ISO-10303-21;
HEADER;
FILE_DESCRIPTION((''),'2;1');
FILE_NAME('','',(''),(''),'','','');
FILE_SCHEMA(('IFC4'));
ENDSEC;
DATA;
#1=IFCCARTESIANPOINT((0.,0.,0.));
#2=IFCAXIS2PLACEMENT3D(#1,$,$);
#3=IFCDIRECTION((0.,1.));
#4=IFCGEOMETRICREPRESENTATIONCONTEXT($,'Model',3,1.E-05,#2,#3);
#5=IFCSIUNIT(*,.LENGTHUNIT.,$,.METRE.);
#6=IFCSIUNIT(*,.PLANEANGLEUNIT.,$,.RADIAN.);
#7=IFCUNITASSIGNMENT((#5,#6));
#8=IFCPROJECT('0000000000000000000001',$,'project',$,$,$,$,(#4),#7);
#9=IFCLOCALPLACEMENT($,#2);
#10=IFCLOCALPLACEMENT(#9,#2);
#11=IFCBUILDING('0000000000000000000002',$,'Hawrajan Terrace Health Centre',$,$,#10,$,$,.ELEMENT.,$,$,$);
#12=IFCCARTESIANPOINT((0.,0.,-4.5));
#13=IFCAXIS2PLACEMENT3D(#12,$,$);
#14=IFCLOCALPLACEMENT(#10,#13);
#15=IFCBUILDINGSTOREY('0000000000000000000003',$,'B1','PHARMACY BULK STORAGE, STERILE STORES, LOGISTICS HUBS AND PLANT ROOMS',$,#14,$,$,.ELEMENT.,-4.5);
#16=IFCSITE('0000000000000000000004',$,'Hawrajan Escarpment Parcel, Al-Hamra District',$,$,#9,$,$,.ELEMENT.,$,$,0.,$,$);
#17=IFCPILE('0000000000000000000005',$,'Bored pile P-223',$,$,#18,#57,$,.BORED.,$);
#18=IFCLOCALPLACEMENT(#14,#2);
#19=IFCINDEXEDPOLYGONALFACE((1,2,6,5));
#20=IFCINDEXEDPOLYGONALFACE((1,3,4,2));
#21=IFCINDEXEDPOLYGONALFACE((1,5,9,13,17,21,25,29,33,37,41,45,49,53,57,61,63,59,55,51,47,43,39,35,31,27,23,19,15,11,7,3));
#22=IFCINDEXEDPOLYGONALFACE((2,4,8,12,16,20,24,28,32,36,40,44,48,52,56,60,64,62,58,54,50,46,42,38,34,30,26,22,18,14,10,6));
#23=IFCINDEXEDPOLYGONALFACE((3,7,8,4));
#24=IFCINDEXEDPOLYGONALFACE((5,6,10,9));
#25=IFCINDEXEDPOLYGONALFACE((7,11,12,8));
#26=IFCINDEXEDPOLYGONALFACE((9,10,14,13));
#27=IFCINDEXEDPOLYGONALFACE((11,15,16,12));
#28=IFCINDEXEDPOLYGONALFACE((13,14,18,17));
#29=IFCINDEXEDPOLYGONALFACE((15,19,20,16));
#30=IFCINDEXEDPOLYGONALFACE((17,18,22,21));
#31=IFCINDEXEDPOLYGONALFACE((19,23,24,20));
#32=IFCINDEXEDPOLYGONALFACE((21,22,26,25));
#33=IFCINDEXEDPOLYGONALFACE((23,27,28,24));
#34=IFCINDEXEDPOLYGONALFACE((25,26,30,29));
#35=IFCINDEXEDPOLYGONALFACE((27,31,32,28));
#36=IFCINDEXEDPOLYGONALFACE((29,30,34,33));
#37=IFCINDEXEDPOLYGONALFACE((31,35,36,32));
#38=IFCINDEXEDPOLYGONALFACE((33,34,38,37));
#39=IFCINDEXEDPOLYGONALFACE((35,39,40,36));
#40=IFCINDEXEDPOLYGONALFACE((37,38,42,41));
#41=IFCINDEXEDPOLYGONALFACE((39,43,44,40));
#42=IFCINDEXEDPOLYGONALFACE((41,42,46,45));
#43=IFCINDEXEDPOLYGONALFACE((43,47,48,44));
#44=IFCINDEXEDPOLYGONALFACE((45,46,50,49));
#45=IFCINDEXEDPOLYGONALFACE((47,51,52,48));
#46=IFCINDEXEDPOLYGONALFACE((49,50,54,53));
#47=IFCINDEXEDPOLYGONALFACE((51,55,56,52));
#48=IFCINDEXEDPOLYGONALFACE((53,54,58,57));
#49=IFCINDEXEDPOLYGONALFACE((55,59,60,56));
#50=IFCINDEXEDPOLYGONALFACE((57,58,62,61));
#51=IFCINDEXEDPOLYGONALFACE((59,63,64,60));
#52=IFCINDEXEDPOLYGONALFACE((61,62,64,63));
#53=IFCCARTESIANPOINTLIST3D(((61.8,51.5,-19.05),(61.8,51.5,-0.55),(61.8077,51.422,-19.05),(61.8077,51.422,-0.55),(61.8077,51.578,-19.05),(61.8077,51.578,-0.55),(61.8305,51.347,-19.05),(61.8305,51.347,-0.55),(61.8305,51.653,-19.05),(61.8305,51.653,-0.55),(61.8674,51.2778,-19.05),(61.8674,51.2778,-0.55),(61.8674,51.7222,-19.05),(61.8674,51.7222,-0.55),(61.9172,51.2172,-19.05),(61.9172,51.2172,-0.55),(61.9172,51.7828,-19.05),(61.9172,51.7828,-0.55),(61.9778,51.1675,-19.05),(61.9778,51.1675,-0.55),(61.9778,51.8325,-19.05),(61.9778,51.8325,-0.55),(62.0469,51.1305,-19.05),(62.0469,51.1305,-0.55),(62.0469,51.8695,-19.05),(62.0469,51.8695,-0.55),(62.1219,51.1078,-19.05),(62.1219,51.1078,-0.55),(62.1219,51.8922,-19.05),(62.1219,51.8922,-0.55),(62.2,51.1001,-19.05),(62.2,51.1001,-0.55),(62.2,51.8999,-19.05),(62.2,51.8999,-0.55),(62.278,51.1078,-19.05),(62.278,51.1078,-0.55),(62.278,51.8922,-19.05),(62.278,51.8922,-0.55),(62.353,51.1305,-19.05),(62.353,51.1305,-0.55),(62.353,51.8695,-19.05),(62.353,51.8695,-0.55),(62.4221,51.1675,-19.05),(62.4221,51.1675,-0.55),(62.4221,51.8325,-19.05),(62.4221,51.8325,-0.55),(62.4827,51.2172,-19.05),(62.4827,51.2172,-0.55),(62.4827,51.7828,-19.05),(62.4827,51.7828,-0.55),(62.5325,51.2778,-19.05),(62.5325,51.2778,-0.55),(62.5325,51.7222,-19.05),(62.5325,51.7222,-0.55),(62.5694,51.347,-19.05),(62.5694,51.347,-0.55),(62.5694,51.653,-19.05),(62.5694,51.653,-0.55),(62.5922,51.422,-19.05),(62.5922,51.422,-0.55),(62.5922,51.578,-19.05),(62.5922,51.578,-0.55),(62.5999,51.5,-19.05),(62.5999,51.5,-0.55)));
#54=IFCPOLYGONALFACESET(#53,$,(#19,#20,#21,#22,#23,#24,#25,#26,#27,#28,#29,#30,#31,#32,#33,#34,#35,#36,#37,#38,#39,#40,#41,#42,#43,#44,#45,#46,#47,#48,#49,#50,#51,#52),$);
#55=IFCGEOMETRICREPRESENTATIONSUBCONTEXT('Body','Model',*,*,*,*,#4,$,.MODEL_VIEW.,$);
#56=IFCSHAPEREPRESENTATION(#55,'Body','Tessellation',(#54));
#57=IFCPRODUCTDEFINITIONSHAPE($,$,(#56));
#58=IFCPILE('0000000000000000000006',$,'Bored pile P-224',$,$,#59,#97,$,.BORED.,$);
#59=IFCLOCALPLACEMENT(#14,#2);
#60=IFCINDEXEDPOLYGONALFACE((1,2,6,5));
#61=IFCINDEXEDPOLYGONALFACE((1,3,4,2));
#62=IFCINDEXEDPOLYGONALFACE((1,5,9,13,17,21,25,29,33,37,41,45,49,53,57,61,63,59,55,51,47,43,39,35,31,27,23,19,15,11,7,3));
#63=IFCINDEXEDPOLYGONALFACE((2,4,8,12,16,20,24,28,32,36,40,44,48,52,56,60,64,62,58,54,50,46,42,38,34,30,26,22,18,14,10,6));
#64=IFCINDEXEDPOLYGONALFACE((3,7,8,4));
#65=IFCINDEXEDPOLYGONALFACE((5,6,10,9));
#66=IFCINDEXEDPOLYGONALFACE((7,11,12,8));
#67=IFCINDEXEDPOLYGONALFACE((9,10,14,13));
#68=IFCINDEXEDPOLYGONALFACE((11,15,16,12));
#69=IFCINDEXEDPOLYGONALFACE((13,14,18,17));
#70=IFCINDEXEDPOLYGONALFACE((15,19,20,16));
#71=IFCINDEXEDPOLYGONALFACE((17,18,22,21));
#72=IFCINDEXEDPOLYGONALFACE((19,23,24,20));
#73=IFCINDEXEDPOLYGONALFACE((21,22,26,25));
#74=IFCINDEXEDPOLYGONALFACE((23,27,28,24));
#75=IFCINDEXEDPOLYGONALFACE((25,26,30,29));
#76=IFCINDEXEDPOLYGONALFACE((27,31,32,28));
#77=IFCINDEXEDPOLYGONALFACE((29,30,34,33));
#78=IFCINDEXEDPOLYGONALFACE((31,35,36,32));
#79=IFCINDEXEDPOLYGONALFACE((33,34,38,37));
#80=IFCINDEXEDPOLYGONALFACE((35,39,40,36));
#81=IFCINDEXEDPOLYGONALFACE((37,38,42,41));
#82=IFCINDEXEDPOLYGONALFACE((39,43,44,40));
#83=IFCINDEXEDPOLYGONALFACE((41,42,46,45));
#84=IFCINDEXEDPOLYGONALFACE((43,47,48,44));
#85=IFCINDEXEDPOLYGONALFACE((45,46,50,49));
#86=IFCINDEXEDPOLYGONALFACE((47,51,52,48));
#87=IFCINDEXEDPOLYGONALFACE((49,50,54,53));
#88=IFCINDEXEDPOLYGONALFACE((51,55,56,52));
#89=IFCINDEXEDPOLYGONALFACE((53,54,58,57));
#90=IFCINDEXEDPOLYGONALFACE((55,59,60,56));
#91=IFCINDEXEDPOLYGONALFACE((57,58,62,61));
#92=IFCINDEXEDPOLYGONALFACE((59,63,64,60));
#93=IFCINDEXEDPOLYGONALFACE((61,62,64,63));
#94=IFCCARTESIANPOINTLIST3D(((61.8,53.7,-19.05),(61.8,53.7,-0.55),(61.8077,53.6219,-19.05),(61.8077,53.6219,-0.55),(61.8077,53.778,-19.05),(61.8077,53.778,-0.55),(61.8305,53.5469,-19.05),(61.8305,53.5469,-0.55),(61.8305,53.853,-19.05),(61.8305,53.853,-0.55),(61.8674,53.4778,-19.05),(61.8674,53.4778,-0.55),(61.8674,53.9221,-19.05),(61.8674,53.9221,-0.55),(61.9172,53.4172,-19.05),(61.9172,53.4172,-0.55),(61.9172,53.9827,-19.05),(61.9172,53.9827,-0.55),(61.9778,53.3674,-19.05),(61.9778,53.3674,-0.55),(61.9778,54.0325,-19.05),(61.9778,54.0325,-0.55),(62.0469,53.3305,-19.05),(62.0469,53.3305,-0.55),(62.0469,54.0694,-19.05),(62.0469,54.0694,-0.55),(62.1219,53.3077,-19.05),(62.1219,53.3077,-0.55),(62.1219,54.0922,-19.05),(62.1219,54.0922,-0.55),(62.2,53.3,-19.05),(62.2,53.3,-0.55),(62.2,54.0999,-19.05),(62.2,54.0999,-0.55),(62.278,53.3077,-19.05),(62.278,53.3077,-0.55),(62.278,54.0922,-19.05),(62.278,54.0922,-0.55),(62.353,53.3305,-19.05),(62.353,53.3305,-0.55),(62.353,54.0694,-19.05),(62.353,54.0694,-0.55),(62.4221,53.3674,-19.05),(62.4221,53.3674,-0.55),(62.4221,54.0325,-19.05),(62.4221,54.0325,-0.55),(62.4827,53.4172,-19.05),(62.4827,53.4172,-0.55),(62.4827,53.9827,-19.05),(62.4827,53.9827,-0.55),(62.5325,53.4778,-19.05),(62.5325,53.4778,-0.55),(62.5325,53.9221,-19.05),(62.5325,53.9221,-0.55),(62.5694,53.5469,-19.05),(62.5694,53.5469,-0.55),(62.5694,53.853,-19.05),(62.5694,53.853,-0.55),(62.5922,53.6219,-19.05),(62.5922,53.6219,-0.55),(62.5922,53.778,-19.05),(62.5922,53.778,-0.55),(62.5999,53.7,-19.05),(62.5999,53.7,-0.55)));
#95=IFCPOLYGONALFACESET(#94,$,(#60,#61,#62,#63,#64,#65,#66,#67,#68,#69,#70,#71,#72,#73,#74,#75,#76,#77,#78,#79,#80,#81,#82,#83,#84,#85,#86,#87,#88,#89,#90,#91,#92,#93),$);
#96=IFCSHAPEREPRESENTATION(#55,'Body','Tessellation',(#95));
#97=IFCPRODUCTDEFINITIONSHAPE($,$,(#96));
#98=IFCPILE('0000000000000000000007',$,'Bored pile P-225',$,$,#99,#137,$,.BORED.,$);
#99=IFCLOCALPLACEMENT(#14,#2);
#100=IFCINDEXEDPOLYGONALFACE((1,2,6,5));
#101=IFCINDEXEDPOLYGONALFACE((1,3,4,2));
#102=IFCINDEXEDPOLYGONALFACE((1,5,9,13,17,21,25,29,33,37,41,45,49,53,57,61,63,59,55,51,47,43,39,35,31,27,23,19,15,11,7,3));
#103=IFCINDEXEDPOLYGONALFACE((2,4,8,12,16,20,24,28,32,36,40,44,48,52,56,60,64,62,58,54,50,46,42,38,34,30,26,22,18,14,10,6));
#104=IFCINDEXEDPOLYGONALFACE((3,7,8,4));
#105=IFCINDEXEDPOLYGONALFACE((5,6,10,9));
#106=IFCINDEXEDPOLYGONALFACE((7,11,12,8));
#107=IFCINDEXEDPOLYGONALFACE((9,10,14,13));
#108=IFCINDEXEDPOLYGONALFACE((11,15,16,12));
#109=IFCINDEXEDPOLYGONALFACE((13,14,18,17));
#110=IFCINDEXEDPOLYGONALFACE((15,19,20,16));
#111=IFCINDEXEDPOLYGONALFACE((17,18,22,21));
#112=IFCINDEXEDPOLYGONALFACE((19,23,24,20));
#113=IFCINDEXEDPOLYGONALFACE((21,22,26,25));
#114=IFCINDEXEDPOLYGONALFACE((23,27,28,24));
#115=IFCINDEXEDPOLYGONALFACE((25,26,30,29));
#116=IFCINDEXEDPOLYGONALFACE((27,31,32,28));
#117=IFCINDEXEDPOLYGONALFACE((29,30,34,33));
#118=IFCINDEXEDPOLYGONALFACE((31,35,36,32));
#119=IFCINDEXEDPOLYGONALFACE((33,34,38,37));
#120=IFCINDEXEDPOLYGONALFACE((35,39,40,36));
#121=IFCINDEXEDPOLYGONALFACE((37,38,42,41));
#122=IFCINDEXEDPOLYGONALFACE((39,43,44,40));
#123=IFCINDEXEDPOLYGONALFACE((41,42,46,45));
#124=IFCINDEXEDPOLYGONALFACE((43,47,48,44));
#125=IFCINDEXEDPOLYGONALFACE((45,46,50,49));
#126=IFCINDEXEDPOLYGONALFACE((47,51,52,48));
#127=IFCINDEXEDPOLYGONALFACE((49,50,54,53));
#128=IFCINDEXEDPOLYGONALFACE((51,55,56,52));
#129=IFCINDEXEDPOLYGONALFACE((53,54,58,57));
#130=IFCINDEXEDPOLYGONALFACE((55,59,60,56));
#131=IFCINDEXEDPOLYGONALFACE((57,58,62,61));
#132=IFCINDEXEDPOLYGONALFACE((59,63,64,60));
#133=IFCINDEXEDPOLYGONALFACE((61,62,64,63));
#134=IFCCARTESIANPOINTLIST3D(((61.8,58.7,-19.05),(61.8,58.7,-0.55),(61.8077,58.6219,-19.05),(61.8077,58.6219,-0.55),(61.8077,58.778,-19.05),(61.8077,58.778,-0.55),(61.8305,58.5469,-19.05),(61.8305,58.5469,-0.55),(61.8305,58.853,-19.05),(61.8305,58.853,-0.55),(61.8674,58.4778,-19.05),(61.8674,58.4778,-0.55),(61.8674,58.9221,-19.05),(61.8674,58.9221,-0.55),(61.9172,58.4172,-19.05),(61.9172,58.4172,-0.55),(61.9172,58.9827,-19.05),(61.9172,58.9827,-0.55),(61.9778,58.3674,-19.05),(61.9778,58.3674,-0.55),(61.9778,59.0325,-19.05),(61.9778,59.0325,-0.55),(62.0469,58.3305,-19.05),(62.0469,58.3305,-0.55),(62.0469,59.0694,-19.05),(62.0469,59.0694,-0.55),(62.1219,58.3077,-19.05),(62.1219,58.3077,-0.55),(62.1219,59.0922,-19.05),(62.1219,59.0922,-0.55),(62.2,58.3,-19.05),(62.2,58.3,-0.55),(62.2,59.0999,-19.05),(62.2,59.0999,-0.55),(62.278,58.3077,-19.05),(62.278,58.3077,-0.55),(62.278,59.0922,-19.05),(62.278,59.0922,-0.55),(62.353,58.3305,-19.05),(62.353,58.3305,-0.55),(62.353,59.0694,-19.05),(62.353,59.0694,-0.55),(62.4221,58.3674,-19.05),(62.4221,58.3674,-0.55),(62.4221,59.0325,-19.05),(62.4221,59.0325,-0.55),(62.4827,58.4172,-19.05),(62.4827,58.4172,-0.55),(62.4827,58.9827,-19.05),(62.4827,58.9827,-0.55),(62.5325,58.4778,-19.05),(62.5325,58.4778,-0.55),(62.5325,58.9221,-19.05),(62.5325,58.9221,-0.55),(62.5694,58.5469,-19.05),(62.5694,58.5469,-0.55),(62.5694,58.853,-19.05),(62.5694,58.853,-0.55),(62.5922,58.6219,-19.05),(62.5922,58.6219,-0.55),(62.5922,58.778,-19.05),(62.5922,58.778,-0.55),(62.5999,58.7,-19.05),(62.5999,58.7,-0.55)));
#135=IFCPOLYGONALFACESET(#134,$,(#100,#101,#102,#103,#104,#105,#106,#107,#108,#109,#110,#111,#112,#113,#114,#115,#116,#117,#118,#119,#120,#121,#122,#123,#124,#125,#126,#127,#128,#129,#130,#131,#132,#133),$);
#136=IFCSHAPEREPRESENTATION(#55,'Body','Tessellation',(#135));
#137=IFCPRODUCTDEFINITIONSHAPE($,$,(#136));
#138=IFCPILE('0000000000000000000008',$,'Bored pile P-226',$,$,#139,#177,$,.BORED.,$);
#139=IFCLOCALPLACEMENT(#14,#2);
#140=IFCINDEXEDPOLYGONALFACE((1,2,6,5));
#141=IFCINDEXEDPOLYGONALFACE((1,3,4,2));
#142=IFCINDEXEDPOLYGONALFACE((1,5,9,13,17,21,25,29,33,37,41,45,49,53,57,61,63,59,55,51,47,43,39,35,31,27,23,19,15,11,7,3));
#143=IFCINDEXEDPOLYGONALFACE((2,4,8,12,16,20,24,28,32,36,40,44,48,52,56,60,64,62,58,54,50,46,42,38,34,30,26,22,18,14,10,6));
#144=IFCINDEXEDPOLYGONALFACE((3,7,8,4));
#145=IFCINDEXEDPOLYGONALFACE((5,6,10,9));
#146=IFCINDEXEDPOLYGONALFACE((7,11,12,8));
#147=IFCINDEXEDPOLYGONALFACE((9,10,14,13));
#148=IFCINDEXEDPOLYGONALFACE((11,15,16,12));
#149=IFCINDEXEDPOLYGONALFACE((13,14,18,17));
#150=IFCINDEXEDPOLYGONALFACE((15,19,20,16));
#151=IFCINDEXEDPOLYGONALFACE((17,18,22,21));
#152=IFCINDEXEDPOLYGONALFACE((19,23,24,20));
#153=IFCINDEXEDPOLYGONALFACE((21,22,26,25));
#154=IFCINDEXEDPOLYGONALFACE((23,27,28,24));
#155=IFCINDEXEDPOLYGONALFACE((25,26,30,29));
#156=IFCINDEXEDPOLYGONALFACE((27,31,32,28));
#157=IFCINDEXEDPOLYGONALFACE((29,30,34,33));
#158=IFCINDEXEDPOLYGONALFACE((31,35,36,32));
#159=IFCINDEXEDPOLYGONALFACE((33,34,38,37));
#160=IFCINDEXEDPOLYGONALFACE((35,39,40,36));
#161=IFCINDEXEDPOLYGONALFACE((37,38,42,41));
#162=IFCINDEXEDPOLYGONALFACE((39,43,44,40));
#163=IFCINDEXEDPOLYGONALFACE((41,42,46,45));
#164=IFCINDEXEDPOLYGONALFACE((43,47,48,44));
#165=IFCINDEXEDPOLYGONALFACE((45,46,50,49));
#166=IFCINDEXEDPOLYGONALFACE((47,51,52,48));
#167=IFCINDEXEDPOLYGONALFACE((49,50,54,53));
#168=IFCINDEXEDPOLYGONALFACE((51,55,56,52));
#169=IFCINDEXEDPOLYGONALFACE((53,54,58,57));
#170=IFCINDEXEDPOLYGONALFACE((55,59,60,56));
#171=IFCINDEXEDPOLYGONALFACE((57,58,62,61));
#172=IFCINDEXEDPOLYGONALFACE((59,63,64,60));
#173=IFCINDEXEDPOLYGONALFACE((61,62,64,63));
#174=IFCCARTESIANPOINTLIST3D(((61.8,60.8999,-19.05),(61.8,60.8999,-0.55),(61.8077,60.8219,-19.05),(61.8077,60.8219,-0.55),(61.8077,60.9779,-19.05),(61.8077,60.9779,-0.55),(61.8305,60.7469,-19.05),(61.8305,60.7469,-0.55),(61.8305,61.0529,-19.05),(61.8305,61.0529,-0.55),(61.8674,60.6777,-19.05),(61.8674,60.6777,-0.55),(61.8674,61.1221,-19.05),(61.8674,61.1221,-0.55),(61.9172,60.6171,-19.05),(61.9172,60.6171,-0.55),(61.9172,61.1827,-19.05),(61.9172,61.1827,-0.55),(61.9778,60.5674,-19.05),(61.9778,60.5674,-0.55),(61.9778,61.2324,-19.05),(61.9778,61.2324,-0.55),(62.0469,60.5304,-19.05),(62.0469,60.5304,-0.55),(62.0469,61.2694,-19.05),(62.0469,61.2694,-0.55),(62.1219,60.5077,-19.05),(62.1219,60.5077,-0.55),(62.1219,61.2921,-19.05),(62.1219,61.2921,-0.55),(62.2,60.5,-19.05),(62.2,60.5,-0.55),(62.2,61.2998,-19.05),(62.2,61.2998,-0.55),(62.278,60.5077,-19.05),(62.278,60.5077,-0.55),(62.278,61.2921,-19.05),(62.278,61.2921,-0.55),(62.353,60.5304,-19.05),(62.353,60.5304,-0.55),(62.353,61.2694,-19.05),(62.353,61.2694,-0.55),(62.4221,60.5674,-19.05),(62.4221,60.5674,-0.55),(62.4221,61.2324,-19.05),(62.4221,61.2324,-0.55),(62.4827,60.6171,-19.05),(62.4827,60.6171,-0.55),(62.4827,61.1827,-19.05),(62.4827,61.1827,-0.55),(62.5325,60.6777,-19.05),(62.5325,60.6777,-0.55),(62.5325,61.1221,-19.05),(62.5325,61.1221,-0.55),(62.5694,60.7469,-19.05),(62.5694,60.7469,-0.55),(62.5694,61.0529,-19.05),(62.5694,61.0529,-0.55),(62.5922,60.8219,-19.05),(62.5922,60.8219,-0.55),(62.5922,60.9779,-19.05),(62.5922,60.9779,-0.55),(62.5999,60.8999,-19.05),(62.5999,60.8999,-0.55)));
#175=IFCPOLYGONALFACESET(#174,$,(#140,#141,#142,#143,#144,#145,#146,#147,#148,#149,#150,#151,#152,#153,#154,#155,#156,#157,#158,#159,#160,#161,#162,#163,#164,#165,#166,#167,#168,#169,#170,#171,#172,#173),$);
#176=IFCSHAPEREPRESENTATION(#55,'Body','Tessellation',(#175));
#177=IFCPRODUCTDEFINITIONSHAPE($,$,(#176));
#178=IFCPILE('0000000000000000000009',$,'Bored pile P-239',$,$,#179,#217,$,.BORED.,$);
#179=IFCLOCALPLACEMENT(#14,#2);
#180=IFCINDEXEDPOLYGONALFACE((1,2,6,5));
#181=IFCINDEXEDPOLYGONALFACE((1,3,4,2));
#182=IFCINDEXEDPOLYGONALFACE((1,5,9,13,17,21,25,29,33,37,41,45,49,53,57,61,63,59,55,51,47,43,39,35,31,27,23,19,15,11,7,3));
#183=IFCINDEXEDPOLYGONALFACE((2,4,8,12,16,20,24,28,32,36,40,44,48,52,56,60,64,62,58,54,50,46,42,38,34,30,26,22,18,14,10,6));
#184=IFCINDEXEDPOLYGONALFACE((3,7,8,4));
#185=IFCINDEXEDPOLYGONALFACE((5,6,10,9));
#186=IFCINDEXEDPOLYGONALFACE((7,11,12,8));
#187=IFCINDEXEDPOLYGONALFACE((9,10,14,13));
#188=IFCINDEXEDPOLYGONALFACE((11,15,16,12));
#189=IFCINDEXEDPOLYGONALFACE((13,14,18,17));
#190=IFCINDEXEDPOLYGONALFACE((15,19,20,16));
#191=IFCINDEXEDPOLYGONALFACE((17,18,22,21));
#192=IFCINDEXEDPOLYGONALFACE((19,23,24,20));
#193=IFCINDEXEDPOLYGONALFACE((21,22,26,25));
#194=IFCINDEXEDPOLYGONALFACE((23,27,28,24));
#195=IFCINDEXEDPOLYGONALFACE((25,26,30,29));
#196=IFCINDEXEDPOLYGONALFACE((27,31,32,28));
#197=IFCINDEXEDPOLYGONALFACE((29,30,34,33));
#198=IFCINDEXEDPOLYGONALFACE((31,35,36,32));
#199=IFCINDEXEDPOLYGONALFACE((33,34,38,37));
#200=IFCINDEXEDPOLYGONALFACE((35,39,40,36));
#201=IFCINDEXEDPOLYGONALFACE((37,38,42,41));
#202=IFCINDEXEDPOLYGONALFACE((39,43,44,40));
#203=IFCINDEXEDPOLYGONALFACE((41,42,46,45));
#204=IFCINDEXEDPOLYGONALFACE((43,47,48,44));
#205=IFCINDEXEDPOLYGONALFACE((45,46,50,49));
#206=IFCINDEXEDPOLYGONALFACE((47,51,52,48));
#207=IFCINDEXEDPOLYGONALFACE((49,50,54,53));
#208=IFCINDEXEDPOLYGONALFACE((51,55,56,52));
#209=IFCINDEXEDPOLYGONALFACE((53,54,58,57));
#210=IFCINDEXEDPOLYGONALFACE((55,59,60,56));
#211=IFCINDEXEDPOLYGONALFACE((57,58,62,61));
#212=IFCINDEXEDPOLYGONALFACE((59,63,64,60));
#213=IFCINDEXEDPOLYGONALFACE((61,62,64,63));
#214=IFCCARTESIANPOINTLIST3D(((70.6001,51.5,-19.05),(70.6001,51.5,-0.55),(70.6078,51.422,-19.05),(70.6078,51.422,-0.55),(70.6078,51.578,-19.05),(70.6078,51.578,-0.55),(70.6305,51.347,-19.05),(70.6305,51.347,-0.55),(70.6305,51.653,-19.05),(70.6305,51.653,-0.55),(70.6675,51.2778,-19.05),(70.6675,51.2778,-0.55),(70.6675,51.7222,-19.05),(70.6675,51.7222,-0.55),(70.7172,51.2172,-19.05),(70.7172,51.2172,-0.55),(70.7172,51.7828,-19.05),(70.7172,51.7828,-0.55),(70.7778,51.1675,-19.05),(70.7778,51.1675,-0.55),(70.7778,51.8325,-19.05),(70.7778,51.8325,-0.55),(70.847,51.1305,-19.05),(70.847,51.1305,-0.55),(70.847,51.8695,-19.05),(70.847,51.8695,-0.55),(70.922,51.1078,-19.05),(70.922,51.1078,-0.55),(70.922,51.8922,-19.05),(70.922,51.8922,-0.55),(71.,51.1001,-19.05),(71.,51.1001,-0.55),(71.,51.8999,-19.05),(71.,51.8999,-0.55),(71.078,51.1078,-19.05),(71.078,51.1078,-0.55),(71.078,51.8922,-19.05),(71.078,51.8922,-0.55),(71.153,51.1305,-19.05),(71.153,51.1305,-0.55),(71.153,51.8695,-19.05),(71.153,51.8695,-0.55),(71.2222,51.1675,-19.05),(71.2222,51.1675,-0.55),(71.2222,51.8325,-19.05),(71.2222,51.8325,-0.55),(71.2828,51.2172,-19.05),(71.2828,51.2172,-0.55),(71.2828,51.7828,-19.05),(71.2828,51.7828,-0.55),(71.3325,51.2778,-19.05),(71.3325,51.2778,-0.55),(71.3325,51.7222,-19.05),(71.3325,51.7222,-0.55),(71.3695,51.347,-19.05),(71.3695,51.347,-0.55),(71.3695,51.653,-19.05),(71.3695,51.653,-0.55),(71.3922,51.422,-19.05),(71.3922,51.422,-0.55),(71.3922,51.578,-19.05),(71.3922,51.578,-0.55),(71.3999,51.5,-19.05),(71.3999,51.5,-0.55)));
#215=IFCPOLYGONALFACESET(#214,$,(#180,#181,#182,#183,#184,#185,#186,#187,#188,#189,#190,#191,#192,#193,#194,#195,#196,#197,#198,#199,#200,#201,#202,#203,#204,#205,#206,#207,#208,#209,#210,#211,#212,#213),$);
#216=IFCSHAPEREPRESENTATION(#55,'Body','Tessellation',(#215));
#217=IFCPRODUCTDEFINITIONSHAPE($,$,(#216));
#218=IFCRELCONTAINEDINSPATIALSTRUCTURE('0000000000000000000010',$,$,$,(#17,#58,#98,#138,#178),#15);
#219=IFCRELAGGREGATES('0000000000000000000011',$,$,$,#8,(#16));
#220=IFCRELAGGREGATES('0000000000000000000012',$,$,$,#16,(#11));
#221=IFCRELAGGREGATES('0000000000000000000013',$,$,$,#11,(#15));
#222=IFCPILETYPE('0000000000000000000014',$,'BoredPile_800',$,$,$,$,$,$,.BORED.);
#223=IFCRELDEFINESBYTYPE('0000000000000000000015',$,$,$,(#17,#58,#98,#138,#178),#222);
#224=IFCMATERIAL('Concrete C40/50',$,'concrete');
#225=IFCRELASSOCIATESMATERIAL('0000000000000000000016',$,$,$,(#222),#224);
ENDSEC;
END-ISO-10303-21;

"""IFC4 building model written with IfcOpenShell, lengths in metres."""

from ifc_helpers import new_model, si_unit, direction, frame, origin, origin_2d, place, context, subcontext, project, spatial, circle, extrude, material, material_profile, profile_set, type_object, element, save


model = new_model("IFC4")

# Units and contexts
model_context = context("Model", 3, precision=1e-05, world=origin(), true_north=direction((0.0, 1.0)))
body_context = subcontext(model_context, "Body", "Model", "MODEL_VIEW")
ifc_project = project(units=[si_unit("LENGTHUNIT", "METRE"), si_unit("PLANEANGLEUNIT", "RADIAN")], contexts=[model_context])

# Site, building, storey
site_placement = place(None, origin())
site = spatial("IfcSite", under=ifc_project, at=site_placement, Name="Hawrajan Escarpment Parcel, Al-Hamra District", CompositionType="ELEMENT", RefElevation=0.0)
building_placement = place(site_placement, origin())
building = spatial("IfcBuilding", under=site, at=building_placement, Name="Hawrajan Terrace Health Centre", CompositionType="ELEMENT")
storey_placement = place(building_placement, frame((0.0, 0.0, -4.5)))
storey = spatial("IfcBuildingStorey", under=building, at=storey_placement, Name="B1", Description="PHARMACY BULK STORAGE, STERILE STORES, LOGISTICS HUBS AND PLANT ROOMS", CompositionType="ELEMENT", Elevation=-4.5)

# Piles
ifc_material_1 = material(Name="Concrete C40/50", Category="concrete")
ifc_material_profile_1 = material_profile(ifc_material_1, circle(Radius=0.3999, at=origin_2d()), Name="BP 800")
ifc_profile_set_1 = profile_set([ifc_material_profile_1], Name="Concrete C40/50")
pile_type = type_object("IfcPileType", Name="BoredPile_800", PredefinedType="BORED", material=ifc_profile_set_1)
for number, where, z_axis, x_axis, name in (
    (1, (62.2, 51.5, -0.55), (0.0, 0.0, -1.0), (1.0, 0.0, 0.0), "Bored pile P-223"),
    (2, (62.2, 53.7, -0.55), (0.0, 0.0, -1.0), (1.0, 0.0, 0.0), "Bored pile P-224"),
    (3, (62.2, 58.7, -0.55), (0.0, 0.0, -1.0), (1.0, 0.0, 0.0), "Bored pile P-225"),
    (4, (62.2, 60.8999, -0.55), (0.0, 0.0, -1.0), (1.0, 0.0, 0.0), "Bored pile P-226"),
    (5, (71.0, 51.5, -0.55), (0.0, 0.0, -1.0), (1.0, 0.0, 0.0), "Bored pile P-239"),
):
    element("IfcPile", number, at=place(storey_placement, frame(where, z_axis=z_axis, x_axis=x_axis)), inside=storey, type_object=pile_type, Name=name, PredefinedType="BORED", context=body_context, shape_type="SweptSolid", body=[
        extrude(circle(Radius=0.3999, at=origin_2d()), origin(), (0.0, 0.0, 1.0), 18.5),
    ])

save(model, "model.ifc")
